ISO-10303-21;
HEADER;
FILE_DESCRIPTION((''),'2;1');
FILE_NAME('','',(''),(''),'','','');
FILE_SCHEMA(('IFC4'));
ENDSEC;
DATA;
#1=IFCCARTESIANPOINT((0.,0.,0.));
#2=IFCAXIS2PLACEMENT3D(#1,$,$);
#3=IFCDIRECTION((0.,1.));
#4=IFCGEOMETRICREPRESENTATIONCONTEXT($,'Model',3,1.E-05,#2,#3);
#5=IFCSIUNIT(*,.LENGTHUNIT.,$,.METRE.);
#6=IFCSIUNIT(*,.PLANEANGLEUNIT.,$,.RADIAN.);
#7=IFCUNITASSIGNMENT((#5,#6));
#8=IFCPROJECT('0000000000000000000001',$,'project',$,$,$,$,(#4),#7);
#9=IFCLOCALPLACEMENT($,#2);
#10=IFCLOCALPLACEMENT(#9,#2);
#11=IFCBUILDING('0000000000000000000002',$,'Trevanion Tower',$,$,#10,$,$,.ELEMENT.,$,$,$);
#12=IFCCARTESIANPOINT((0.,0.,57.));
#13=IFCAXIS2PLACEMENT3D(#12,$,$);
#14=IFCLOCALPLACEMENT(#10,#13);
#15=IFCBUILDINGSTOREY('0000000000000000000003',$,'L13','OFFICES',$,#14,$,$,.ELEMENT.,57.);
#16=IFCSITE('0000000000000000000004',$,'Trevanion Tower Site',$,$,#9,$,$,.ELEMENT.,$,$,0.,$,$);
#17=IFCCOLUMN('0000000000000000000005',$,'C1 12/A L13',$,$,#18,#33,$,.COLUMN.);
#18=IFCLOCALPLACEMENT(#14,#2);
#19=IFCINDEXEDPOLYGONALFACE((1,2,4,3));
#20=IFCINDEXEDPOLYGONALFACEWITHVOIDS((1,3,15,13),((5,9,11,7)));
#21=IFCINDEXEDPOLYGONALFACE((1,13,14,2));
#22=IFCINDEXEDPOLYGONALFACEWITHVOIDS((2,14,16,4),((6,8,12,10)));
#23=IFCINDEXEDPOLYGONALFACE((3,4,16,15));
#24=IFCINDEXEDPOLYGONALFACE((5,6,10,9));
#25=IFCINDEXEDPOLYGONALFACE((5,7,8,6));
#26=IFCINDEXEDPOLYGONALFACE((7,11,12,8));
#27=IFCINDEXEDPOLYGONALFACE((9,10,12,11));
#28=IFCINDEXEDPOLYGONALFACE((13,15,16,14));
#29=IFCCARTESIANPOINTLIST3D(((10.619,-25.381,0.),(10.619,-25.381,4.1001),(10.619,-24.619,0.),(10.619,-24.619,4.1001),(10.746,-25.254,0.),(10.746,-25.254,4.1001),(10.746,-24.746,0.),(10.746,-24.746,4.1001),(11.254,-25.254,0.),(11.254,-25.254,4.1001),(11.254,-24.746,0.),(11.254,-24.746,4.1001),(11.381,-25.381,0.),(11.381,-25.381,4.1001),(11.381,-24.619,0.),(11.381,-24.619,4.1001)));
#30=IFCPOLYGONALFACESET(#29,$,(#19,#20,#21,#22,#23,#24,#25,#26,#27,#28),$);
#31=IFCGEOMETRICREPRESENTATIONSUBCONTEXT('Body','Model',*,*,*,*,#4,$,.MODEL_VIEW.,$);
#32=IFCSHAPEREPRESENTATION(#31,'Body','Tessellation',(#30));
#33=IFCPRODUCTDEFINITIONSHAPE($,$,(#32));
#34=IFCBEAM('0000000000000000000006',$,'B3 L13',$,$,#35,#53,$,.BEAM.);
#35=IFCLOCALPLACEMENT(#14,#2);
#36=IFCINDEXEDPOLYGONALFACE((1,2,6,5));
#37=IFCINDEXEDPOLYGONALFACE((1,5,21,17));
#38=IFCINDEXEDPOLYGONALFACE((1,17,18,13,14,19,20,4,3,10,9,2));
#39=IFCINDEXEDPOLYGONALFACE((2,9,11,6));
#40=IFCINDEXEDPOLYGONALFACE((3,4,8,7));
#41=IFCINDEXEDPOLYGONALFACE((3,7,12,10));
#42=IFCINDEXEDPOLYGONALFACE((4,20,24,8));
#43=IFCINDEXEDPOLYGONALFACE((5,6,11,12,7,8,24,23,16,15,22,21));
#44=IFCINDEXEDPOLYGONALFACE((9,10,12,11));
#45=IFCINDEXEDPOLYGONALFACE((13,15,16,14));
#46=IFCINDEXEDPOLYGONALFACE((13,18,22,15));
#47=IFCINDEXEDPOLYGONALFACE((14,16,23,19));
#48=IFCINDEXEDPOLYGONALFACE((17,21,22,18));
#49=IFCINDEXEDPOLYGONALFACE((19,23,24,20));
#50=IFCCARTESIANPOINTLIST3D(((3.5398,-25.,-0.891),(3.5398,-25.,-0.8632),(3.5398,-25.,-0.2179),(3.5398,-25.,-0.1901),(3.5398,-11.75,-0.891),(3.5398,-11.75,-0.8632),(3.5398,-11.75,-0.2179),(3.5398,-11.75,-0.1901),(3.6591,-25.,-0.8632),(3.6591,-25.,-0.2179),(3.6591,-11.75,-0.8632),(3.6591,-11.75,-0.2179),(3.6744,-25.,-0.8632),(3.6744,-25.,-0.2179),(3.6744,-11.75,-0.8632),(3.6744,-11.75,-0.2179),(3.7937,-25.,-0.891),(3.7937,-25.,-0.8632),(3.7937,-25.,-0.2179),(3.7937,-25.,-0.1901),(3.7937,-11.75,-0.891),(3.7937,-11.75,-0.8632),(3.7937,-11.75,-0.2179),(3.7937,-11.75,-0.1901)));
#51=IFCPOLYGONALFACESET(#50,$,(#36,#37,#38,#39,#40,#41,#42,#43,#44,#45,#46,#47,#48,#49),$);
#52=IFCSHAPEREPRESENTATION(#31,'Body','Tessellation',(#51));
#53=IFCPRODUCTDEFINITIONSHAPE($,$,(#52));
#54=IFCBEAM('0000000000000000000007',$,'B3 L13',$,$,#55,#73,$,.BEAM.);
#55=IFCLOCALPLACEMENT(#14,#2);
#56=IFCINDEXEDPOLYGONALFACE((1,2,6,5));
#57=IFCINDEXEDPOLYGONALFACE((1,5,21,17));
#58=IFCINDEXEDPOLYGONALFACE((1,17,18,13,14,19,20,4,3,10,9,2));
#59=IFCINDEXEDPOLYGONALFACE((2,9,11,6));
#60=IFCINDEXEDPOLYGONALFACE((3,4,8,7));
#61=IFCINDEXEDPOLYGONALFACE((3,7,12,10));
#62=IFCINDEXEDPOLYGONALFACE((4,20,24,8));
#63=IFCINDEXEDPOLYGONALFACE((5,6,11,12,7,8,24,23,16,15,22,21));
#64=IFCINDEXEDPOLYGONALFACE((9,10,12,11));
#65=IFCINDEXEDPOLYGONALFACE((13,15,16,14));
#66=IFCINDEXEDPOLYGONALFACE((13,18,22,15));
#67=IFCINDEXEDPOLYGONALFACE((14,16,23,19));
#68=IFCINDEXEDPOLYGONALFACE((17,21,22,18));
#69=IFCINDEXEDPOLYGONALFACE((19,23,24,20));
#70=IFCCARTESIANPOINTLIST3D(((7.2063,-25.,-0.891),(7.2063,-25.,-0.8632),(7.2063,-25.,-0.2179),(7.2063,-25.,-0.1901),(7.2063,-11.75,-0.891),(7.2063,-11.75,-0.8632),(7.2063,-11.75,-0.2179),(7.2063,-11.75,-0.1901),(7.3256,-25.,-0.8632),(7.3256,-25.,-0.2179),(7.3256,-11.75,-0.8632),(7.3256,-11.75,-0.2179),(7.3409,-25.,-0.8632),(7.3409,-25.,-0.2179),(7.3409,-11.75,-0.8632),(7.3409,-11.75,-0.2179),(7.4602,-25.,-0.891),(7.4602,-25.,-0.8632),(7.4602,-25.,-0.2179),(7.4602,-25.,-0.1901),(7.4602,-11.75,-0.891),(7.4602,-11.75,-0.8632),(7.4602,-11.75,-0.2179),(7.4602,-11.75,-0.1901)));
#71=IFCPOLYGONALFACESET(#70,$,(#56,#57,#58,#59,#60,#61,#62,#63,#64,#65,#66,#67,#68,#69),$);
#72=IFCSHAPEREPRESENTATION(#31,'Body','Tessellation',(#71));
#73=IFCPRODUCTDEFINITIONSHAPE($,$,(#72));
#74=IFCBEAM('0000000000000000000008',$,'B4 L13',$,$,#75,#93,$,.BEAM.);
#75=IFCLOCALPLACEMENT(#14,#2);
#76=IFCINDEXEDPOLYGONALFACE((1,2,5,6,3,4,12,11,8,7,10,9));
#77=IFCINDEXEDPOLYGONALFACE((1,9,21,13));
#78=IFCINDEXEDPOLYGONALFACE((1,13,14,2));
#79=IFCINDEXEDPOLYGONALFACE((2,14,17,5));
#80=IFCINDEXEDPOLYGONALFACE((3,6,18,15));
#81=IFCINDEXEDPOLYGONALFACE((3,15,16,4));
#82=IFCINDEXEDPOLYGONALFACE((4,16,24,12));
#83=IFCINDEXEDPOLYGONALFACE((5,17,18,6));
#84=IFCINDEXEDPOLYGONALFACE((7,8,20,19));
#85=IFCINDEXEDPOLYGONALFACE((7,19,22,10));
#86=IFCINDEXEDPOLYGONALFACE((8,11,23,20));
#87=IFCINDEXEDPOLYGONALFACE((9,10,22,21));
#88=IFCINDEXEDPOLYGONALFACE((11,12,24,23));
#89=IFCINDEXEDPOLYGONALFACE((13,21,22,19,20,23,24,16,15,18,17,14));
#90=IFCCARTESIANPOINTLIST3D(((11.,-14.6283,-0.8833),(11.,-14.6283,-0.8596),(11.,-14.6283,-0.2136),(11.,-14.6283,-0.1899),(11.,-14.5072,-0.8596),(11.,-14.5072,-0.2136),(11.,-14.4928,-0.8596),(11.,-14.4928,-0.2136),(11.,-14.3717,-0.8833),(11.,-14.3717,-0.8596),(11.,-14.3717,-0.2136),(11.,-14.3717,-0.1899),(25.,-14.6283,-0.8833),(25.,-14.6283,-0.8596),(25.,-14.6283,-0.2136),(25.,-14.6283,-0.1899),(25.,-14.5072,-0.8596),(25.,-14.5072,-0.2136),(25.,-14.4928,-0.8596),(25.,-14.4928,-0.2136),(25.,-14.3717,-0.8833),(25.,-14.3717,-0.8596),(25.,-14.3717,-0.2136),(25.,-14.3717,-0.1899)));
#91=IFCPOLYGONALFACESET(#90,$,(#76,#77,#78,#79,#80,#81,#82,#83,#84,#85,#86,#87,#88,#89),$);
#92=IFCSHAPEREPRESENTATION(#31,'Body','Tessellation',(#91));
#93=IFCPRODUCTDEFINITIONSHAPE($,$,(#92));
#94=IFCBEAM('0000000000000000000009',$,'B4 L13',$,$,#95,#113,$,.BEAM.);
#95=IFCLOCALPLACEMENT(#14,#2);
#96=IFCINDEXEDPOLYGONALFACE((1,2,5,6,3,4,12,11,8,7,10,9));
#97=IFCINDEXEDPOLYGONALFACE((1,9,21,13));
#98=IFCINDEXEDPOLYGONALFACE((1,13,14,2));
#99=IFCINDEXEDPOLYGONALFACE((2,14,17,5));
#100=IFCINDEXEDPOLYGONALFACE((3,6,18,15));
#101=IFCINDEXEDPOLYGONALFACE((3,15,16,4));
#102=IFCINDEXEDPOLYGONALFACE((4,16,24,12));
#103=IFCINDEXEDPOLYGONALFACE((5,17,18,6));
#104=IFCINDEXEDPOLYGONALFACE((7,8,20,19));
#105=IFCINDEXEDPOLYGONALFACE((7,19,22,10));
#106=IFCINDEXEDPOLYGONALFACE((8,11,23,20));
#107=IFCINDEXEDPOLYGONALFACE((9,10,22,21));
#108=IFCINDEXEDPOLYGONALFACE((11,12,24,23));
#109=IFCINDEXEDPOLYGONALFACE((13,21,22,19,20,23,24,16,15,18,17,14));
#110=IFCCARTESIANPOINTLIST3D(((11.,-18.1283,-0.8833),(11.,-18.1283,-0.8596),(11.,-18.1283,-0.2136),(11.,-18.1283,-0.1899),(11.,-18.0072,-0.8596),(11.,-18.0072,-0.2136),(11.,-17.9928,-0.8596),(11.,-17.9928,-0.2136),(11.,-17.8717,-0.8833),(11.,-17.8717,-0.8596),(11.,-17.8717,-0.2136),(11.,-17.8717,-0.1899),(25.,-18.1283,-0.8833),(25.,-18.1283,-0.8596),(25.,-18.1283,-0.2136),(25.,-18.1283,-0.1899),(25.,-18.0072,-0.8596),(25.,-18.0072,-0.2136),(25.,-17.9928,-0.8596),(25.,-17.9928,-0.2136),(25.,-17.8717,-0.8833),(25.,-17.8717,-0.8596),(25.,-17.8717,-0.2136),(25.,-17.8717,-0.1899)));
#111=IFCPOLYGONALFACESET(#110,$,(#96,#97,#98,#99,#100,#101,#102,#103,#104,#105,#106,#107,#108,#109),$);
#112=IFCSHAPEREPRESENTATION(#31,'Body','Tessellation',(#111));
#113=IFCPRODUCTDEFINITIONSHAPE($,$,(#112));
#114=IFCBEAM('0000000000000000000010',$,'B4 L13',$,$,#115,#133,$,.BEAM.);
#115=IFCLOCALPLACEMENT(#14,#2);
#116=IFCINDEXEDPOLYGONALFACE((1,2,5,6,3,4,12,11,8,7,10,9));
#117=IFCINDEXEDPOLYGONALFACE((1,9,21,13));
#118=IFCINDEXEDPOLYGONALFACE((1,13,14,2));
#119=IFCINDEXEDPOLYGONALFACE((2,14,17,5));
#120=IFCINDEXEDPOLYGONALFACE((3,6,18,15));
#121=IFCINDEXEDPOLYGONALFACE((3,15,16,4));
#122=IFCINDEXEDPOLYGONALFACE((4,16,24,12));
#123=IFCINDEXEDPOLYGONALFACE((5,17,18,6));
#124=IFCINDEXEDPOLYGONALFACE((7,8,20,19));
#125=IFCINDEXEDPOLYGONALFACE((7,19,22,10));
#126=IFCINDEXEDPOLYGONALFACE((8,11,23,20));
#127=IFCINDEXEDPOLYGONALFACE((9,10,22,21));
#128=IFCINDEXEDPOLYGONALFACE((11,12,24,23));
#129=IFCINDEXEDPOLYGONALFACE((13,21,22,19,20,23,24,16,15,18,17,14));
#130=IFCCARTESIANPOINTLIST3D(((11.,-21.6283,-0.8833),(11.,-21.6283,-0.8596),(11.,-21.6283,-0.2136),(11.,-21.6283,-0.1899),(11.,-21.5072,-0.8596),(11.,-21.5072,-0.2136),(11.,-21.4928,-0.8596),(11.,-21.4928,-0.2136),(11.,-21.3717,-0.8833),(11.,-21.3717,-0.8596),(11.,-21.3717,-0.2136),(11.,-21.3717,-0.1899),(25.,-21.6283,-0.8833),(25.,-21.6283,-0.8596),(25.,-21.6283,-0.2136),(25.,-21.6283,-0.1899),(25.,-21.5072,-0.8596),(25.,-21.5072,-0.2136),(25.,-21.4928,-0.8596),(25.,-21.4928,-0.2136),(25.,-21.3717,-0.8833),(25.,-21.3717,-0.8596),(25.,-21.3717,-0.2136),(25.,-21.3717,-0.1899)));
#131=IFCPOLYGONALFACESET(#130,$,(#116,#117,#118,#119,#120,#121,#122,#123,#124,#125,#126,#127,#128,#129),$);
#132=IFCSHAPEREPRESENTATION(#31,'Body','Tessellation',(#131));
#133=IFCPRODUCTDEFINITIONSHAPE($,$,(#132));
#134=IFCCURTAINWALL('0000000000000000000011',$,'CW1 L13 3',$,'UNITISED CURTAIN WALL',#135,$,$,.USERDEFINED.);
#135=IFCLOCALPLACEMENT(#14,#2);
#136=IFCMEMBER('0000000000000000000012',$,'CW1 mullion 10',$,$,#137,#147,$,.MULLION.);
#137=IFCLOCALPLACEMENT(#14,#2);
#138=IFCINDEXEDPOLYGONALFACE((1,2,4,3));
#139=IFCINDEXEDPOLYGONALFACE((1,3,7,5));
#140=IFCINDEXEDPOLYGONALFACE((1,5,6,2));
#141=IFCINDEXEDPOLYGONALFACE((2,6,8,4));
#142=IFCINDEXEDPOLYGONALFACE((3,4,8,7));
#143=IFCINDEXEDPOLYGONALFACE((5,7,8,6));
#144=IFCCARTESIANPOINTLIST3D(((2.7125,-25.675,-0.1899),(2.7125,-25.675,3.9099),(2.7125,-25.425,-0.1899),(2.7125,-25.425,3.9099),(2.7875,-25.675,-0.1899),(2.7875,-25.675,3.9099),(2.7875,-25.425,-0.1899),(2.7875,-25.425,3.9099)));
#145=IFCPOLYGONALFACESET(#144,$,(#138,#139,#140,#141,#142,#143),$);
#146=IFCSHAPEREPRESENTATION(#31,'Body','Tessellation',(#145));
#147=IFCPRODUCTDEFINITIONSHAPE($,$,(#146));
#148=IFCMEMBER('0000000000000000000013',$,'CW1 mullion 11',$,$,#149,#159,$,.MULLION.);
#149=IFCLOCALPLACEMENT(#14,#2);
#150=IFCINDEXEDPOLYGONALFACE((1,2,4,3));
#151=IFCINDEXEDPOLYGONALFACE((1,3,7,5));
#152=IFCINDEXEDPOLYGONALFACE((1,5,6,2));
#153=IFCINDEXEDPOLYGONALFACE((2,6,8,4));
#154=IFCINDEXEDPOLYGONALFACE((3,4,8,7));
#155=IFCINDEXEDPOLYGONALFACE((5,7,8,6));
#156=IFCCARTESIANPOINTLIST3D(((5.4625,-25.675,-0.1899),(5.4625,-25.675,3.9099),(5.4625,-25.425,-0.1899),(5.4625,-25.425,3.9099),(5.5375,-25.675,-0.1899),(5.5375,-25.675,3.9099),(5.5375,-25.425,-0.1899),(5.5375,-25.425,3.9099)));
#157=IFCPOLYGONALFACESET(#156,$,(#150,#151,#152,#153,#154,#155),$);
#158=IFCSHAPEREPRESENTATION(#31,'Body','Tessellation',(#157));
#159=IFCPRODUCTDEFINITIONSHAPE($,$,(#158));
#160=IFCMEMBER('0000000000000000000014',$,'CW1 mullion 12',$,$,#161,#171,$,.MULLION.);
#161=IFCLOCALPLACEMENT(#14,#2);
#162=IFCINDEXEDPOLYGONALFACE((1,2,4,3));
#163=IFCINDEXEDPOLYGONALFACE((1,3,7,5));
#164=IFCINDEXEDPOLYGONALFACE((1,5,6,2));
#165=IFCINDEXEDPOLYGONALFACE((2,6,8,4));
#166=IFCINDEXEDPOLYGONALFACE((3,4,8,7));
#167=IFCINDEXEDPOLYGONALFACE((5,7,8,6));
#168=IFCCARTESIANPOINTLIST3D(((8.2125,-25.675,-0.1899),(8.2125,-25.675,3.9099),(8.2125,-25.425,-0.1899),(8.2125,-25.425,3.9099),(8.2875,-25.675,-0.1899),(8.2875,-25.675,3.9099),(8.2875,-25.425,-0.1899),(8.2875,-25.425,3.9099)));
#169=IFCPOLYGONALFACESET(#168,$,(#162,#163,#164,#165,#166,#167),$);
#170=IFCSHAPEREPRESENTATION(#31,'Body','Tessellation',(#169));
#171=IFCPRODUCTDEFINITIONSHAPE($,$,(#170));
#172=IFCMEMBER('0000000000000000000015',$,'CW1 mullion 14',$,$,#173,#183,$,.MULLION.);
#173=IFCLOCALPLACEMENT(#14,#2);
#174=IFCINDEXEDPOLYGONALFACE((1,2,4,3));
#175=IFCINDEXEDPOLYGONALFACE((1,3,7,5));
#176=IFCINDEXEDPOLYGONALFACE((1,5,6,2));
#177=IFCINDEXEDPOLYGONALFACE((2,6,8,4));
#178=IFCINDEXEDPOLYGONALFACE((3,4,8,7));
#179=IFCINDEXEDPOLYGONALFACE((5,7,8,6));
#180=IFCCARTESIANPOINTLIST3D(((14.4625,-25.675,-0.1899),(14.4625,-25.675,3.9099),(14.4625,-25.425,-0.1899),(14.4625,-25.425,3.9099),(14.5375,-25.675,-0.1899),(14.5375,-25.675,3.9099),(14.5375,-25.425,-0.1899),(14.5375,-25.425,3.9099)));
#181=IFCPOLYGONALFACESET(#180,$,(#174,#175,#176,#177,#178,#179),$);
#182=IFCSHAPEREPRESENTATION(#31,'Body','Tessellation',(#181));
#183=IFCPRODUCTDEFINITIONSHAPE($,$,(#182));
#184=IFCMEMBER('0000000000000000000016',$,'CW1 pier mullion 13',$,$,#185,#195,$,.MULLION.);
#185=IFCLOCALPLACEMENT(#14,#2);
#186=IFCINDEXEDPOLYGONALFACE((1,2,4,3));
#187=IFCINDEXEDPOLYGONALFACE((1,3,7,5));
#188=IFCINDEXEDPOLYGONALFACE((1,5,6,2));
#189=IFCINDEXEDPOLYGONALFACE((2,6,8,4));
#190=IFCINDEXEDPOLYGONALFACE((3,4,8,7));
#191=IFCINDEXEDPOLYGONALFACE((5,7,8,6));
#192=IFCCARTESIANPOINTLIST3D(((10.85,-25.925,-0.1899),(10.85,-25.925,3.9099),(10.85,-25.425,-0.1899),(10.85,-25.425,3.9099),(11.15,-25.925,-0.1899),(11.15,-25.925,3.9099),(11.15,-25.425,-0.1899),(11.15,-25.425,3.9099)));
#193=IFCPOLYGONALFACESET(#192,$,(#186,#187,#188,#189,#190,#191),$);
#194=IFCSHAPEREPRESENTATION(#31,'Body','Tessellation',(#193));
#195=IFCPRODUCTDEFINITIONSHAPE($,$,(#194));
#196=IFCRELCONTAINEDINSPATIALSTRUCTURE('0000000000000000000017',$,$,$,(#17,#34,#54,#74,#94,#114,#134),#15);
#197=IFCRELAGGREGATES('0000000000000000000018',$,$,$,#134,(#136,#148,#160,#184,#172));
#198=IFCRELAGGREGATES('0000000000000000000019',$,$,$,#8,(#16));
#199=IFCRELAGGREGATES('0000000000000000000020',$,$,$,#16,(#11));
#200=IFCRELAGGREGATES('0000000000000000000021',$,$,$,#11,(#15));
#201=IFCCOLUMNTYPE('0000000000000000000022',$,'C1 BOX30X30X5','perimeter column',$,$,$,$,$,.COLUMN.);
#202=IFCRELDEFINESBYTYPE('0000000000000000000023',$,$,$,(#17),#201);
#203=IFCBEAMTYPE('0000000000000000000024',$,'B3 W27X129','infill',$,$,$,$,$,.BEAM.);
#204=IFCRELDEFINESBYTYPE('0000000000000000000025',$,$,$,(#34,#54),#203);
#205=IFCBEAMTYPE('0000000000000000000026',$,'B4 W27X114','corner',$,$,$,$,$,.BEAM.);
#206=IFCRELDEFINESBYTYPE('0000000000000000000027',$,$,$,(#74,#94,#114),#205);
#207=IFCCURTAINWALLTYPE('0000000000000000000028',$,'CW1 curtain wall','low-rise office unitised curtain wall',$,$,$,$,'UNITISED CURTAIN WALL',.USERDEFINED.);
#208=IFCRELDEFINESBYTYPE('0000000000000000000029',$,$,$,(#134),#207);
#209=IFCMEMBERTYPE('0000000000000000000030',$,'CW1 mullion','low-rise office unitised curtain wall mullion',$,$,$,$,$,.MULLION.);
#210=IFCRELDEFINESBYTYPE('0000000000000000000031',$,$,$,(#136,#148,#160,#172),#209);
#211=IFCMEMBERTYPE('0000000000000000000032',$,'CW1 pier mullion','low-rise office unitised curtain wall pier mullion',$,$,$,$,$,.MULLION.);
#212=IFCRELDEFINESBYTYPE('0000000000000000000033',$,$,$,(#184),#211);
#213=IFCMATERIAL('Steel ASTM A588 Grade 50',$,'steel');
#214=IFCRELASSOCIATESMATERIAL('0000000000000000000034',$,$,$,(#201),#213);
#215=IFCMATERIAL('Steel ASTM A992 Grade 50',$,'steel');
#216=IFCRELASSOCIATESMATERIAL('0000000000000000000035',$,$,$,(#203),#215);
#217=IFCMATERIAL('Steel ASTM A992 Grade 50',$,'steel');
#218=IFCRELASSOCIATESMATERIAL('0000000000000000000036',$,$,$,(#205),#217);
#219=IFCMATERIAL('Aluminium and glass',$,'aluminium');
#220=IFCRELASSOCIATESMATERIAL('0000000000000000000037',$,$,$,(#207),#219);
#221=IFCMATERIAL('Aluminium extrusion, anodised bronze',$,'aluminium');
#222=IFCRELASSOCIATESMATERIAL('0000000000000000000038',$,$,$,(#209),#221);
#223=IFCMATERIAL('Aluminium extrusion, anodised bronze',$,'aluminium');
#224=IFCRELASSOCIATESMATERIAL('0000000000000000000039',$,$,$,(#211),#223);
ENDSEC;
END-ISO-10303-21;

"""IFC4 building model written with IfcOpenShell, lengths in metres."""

from ifc_helpers import new_model, si_unit, direction, frame, origin, origin_2d, place, context, subcontext, project, spatial, rectangle, hollow_rectangle, i_section, extrude, material, material_profile, profile_set, type_object, element, aggregate, save


model = new_model("IFC4")

# Units and contexts
model_context = context("Model", 3, precision=1e-05, world=origin(), true_north=direction((0.0, 1.0)))
body_context = subcontext(model_context, "Body", "Model", "MODEL_VIEW")
ifc_project = project(units=[si_unit("LENGTHUNIT", "METRE"), si_unit("PLANEANGLEUNIT", "RADIAN")], contexts=[model_context])

# Site, building, storey
site_placement = place(None, origin())
site = spatial("IfcSite", under=ifc_project, at=site_placement, Name="Trevanion Tower Site", CompositionType="ELEMENT", RefElevation=0.0)
building_placement = place(site_placement, origin())
building = spatial("IfcBuilding", under=site, at=building_placement, Name="Trevanion Tower", CompositionType="ELEMENT")
storey_placement = place(building_placement, frame((0.0, 0.0, 57.0)))
storey = spatial("IfcBuildingStorey", under=building, at=storey_placement, Name="L13", Description="OFFICES", CompositionType="ELEMENT", Elevation=57.0)

# Column
ifc_material_1 = material(Name="Steel ASTM A588 Grade 50", Category="steel")
ifc_material_profile_1 = material_profile(ifc_material_1, hollow_rectangle(XDim=0.762, YDim=0.762, WallThickness=0.127, at=origin_2d()), Name="BOX30X30X5")
ifc_profile_set_1 = profile_set([ifc_material_profile_1], Name="Steel ASTM A588 Grade 50")
column_type = type_object("IfcColumnType", Name="C1 BOX30X30X5", Description="perimeter column", PredefinedType="COLUMN", material=ifc_profile_set_1)
column_placement = place(storey_placement, frame((11.0, -25.0, 0.0), z_axis=(0.0, 0.0, 1.0), x_axis=(1.0, 0.0, 0.0)))
element("IfcColumn", 1, at=column_placement, inside=storey, type_object=column_type, Name="C1 12/A L13", PredefinedType="COLUMN", context=body_context, shape_type="SweptSolid", body=[
    extrude(hollow_rectangle(XDim=0.762, YDim=0.762, WallThickness=0.127, at=origin_2d()), origin(), (0.0, 0.0, 1.0), 4.1001),
])

# Beams
ifc_material_2 = material(Name="Steel ASTM A992 Grade 50", Category="steel")
ifc_material_profile_2 = material_profile(ifc_material_2, i_section(OverallWidth=0.2539, OverallDepth=0.7009, WebThickness=0.0154, FlangeThickness=0.0278, at=origin_2d()), Name="W27X129")
ifc_profile_set_2 = profile_set([ifc_material_profile_2], Name="Steel ASTM A992 Grade 50")
beam_type_1 = type_object("IfcBeamType", Name="B3 W27X129", Description="infill", PredefinedType="BEAM", material=ifc_profile_set_2)
for number, where, z_axis, x_axis, name in (
    (2, (3.6667, -11.75, -0.5405), (0.0, -1.0, 0.0), (1.0, 0.0, 0.0), "B3 L13"),
    (3, (7.3333, -11.75, -0.5405), (0.0, -1.0, 0.0), (1.0, 0.0, 0.0), "B3 L13"),
):
    element("IfcBeam", number, at=place(storey_placement, frame(where, z_axis=z_axis, x_axis=x_axis)), inside=storey, type_object=beam_type_1, Name=name, PredefinedType="BEAM", context=body_context, shape_type="SweptSolid", body=[
        extrude(i_section(OverallWidth=0.2539, OverallDepth=0.7009, WebThickness=0.0154, FlangeThickness=0.0278, at=origin_2d()), origin(), (0.0, 0.0, 1.0), 13.25),
    ])
ifc_material_3 = material(Name="Steel ASTM A992 Grade 50", Category="steel")
ifc_material_profile_3 = material_profile(ifc_material_3, i_section(OverallWidth=0.2566, OverallDepth=0.6934, WebThickness=0.0144, FlangeThickness=0.0237, at=origin_2d()), Name="W27X114")
ifc_profile_set_3 = profile_set([ifc_material_profile_3], Name="Steel ASTM A992 Grade 50")
beam_type_2 = type_object("IfcBeamType", Name="B4 W27X114", Description="corner", PredefinedType="BEAM", material=ifc_profile_set_3)
for number, where, z_axis, x_axis, name in (
    (4, (11.0, -14.5, -0.5366), (1.0, 0.0, 0.0), (0.0, 1.0, 0.0), "B4 L13"),
    (5, (11.0, -18.0, -0.5366), (1.0, 0.0, 0.0), (0.0, 1.0, 0.0), "B4 L13"),
    (6, (11.0, -21.5, -0.5366), (1.0, 0.0, 0.0), (0.0, 1.0, 0.0), "B4 L13"),
):
    element("IfcBeam", number, at=place(storey_placement, frame(where, z_axis=z_axis, x_axis=x_axis)), inside=storey, type_object=beam_type_2, Name=name, PredefinedType="BEAM", context=body_context, shape_type="SweptSolid", body=[
        extrude(i_section(OverallWidth=0.2566, OverallDepth=0.6934, WebThickness=0.0144, FlangeThickness=0.0237, at=origin_2d()), origin(), (0.0, 0.0, 1.0), 14.0),
    ])

# Curtain wall, members
ifc_material_4 = material(Name="Aluminium and glass", Category="aluminium")
curtain_wall_type = type_object("IfcCurtainWallType", Name="CW1 curtain wall", Description="low-rise office unitised curtain wall", ElementType="UNITISED CURTAIN WALL", PredefinedType="USERDEFINED", material=ifc_material_4)
curtain_wall_placement = place(storey_placement, origin())
curtain_wall = element("IfcCurtainWall", 7, at=curtain_wall_placement, inside=storey, type_object=curtain_wall_type, Name="CW1 L13 3", ObjectType="UNITISED CURTAIN WALL", PredefinedType="USERDEFINED")
ifc_material_5 = material(Name="Aluminium extrusion, anodised bronze", Category="aluminium")
ifc_material_profile_4 = material_profile(ifc_material_5, rectangle(XDim=0.075, YDim=0.25, at=origin_2d()), Name="CW1 mullion")
ifc_profile_set_4 = profile_set([ifc_material_profile_4], Name="Aluminium extrusion, anodised bronze")
member_type_1 = type_object("IfcMemberType", Name="CW1 mullion", Description="low-rise office unitised curtain wall mullion", PredefinedType="MULLION", material=ifc_profile_set_4)
member_1_placement = place(storey_placement, frame((2.75, -25.55, -0.1899), z_axis=(0.0, 0.0, 1.0), x_axis=(1.0, 0.0, 0.0)))
member_1 = element("IfcMember", 8, at=member_1_placement, type_object=member_type_1, Name="CW1 mullion 10", PredefinedType="MULLION", context=body_context, shape_type="SweptSolid", body=[
    extrude(rectangle(XDim=0.075, YDim=0.25, at=origin_2d()), origin(), (0.0, 0.0, 1.0), 4.0999),
])
member_2_placement = place(storey_placement, frame((5.5, -25.55, -0.1899), z_axis=(0.0, 0.0, 1.0), x_axis=(1.0, 0.0, 0.0)))
member_2 = element("IfcMember", 9, at=member_2_placement, type_object=member_type_1, Name="CW1 mullion 11", PredefinedType="MULLION", context=body_context, shape_type="SweptSolid", body=[
    extrude(rectangle(XDim=0.075, YDim=0.25, at=origin_2d()), origin(), (0.0, 0.0, 1.0), 4.0999),
])
member_3_placement = place(storey_placement, frame((8.25, -25.55, -0.1899), z_axis=(0.0, 0.0, 1.0), x_axis=(1.0, 0.0, 0.0)))
member_3 = element("IfcMember", 10, at=member_3_placement, type_object=member_type_1, Name="CW1 mullion 12", PredefinedType="MULLION", context=body_context, shape_type="SweptSolid", body=[
    extrude(rectangle(XDim=0.075, YDim=0.25, at=origin_2d()), origin(), (0.0, 0.0, 1.0), 4.0999),
])
member_4_placement = place(storey_placement, frame((14.5, -25.55, -0.1899), z_axis=(0.0, 0.0, 1.0), x_axis=(1.0, 0.0, 0.0)))
member_4 = element("IfcMember", 11, at=member_4_placement, type_object=member_type_1, Name="CW1 mullion 14", PredefinedType="MULLION", context=body_context, shape_type="SweptSolid", body=[
    extrude(rectangle(XDim=0.075, YDim=0.25, at=origin_2d()), origin(), (0.0, 0.0, 1.0), 4.0999),
])
ifc_material_6 = material(Name="Aluminium extrusion, anodised bronze", Category="aluminium")
ifc_material_profile_5 = material_profile(ifc_material_6, rectangle(XDim=0.3, YDim=0.5, at=origin_2d()), Name="CW1 pier mullion")
ifc_profile_set_5 = profile_set([ifc_material_profile_5], Name="Aluminium extrusion, anodised bronze")
member_type_2 = type_object("IfcMemberType", Name="CW1 pier mullion", Description="low-rise office unitised curtain wall pier mullion", PredefinedType="MULLION", material=ifc_profile_set_5)
member_5_placement = place(storey_placement, frame((11.0, -25.675, -0.1899), z_axis=(0.0, 0.0, 1.0), x_axis=(1.0, 0.0, 0.0)))
member_5 = element("IfcMember", 12, at=member_5_placement, type_object=member_type_2, Name="CW1 pier mullion 13", PredefinedType="MULLION", context=body_context, shape_type="SweptSolid", body=[
    extrude(rectangle(XDim=0.3, YDim=0.5, at=origin_2d()), origin(), (0.0, 0.0, 1.0), 4.0999),
])

aggregate(curtain_wall, [member_1, member_2, member_3, member_5, member_4])

save(model, "model.ifc")
